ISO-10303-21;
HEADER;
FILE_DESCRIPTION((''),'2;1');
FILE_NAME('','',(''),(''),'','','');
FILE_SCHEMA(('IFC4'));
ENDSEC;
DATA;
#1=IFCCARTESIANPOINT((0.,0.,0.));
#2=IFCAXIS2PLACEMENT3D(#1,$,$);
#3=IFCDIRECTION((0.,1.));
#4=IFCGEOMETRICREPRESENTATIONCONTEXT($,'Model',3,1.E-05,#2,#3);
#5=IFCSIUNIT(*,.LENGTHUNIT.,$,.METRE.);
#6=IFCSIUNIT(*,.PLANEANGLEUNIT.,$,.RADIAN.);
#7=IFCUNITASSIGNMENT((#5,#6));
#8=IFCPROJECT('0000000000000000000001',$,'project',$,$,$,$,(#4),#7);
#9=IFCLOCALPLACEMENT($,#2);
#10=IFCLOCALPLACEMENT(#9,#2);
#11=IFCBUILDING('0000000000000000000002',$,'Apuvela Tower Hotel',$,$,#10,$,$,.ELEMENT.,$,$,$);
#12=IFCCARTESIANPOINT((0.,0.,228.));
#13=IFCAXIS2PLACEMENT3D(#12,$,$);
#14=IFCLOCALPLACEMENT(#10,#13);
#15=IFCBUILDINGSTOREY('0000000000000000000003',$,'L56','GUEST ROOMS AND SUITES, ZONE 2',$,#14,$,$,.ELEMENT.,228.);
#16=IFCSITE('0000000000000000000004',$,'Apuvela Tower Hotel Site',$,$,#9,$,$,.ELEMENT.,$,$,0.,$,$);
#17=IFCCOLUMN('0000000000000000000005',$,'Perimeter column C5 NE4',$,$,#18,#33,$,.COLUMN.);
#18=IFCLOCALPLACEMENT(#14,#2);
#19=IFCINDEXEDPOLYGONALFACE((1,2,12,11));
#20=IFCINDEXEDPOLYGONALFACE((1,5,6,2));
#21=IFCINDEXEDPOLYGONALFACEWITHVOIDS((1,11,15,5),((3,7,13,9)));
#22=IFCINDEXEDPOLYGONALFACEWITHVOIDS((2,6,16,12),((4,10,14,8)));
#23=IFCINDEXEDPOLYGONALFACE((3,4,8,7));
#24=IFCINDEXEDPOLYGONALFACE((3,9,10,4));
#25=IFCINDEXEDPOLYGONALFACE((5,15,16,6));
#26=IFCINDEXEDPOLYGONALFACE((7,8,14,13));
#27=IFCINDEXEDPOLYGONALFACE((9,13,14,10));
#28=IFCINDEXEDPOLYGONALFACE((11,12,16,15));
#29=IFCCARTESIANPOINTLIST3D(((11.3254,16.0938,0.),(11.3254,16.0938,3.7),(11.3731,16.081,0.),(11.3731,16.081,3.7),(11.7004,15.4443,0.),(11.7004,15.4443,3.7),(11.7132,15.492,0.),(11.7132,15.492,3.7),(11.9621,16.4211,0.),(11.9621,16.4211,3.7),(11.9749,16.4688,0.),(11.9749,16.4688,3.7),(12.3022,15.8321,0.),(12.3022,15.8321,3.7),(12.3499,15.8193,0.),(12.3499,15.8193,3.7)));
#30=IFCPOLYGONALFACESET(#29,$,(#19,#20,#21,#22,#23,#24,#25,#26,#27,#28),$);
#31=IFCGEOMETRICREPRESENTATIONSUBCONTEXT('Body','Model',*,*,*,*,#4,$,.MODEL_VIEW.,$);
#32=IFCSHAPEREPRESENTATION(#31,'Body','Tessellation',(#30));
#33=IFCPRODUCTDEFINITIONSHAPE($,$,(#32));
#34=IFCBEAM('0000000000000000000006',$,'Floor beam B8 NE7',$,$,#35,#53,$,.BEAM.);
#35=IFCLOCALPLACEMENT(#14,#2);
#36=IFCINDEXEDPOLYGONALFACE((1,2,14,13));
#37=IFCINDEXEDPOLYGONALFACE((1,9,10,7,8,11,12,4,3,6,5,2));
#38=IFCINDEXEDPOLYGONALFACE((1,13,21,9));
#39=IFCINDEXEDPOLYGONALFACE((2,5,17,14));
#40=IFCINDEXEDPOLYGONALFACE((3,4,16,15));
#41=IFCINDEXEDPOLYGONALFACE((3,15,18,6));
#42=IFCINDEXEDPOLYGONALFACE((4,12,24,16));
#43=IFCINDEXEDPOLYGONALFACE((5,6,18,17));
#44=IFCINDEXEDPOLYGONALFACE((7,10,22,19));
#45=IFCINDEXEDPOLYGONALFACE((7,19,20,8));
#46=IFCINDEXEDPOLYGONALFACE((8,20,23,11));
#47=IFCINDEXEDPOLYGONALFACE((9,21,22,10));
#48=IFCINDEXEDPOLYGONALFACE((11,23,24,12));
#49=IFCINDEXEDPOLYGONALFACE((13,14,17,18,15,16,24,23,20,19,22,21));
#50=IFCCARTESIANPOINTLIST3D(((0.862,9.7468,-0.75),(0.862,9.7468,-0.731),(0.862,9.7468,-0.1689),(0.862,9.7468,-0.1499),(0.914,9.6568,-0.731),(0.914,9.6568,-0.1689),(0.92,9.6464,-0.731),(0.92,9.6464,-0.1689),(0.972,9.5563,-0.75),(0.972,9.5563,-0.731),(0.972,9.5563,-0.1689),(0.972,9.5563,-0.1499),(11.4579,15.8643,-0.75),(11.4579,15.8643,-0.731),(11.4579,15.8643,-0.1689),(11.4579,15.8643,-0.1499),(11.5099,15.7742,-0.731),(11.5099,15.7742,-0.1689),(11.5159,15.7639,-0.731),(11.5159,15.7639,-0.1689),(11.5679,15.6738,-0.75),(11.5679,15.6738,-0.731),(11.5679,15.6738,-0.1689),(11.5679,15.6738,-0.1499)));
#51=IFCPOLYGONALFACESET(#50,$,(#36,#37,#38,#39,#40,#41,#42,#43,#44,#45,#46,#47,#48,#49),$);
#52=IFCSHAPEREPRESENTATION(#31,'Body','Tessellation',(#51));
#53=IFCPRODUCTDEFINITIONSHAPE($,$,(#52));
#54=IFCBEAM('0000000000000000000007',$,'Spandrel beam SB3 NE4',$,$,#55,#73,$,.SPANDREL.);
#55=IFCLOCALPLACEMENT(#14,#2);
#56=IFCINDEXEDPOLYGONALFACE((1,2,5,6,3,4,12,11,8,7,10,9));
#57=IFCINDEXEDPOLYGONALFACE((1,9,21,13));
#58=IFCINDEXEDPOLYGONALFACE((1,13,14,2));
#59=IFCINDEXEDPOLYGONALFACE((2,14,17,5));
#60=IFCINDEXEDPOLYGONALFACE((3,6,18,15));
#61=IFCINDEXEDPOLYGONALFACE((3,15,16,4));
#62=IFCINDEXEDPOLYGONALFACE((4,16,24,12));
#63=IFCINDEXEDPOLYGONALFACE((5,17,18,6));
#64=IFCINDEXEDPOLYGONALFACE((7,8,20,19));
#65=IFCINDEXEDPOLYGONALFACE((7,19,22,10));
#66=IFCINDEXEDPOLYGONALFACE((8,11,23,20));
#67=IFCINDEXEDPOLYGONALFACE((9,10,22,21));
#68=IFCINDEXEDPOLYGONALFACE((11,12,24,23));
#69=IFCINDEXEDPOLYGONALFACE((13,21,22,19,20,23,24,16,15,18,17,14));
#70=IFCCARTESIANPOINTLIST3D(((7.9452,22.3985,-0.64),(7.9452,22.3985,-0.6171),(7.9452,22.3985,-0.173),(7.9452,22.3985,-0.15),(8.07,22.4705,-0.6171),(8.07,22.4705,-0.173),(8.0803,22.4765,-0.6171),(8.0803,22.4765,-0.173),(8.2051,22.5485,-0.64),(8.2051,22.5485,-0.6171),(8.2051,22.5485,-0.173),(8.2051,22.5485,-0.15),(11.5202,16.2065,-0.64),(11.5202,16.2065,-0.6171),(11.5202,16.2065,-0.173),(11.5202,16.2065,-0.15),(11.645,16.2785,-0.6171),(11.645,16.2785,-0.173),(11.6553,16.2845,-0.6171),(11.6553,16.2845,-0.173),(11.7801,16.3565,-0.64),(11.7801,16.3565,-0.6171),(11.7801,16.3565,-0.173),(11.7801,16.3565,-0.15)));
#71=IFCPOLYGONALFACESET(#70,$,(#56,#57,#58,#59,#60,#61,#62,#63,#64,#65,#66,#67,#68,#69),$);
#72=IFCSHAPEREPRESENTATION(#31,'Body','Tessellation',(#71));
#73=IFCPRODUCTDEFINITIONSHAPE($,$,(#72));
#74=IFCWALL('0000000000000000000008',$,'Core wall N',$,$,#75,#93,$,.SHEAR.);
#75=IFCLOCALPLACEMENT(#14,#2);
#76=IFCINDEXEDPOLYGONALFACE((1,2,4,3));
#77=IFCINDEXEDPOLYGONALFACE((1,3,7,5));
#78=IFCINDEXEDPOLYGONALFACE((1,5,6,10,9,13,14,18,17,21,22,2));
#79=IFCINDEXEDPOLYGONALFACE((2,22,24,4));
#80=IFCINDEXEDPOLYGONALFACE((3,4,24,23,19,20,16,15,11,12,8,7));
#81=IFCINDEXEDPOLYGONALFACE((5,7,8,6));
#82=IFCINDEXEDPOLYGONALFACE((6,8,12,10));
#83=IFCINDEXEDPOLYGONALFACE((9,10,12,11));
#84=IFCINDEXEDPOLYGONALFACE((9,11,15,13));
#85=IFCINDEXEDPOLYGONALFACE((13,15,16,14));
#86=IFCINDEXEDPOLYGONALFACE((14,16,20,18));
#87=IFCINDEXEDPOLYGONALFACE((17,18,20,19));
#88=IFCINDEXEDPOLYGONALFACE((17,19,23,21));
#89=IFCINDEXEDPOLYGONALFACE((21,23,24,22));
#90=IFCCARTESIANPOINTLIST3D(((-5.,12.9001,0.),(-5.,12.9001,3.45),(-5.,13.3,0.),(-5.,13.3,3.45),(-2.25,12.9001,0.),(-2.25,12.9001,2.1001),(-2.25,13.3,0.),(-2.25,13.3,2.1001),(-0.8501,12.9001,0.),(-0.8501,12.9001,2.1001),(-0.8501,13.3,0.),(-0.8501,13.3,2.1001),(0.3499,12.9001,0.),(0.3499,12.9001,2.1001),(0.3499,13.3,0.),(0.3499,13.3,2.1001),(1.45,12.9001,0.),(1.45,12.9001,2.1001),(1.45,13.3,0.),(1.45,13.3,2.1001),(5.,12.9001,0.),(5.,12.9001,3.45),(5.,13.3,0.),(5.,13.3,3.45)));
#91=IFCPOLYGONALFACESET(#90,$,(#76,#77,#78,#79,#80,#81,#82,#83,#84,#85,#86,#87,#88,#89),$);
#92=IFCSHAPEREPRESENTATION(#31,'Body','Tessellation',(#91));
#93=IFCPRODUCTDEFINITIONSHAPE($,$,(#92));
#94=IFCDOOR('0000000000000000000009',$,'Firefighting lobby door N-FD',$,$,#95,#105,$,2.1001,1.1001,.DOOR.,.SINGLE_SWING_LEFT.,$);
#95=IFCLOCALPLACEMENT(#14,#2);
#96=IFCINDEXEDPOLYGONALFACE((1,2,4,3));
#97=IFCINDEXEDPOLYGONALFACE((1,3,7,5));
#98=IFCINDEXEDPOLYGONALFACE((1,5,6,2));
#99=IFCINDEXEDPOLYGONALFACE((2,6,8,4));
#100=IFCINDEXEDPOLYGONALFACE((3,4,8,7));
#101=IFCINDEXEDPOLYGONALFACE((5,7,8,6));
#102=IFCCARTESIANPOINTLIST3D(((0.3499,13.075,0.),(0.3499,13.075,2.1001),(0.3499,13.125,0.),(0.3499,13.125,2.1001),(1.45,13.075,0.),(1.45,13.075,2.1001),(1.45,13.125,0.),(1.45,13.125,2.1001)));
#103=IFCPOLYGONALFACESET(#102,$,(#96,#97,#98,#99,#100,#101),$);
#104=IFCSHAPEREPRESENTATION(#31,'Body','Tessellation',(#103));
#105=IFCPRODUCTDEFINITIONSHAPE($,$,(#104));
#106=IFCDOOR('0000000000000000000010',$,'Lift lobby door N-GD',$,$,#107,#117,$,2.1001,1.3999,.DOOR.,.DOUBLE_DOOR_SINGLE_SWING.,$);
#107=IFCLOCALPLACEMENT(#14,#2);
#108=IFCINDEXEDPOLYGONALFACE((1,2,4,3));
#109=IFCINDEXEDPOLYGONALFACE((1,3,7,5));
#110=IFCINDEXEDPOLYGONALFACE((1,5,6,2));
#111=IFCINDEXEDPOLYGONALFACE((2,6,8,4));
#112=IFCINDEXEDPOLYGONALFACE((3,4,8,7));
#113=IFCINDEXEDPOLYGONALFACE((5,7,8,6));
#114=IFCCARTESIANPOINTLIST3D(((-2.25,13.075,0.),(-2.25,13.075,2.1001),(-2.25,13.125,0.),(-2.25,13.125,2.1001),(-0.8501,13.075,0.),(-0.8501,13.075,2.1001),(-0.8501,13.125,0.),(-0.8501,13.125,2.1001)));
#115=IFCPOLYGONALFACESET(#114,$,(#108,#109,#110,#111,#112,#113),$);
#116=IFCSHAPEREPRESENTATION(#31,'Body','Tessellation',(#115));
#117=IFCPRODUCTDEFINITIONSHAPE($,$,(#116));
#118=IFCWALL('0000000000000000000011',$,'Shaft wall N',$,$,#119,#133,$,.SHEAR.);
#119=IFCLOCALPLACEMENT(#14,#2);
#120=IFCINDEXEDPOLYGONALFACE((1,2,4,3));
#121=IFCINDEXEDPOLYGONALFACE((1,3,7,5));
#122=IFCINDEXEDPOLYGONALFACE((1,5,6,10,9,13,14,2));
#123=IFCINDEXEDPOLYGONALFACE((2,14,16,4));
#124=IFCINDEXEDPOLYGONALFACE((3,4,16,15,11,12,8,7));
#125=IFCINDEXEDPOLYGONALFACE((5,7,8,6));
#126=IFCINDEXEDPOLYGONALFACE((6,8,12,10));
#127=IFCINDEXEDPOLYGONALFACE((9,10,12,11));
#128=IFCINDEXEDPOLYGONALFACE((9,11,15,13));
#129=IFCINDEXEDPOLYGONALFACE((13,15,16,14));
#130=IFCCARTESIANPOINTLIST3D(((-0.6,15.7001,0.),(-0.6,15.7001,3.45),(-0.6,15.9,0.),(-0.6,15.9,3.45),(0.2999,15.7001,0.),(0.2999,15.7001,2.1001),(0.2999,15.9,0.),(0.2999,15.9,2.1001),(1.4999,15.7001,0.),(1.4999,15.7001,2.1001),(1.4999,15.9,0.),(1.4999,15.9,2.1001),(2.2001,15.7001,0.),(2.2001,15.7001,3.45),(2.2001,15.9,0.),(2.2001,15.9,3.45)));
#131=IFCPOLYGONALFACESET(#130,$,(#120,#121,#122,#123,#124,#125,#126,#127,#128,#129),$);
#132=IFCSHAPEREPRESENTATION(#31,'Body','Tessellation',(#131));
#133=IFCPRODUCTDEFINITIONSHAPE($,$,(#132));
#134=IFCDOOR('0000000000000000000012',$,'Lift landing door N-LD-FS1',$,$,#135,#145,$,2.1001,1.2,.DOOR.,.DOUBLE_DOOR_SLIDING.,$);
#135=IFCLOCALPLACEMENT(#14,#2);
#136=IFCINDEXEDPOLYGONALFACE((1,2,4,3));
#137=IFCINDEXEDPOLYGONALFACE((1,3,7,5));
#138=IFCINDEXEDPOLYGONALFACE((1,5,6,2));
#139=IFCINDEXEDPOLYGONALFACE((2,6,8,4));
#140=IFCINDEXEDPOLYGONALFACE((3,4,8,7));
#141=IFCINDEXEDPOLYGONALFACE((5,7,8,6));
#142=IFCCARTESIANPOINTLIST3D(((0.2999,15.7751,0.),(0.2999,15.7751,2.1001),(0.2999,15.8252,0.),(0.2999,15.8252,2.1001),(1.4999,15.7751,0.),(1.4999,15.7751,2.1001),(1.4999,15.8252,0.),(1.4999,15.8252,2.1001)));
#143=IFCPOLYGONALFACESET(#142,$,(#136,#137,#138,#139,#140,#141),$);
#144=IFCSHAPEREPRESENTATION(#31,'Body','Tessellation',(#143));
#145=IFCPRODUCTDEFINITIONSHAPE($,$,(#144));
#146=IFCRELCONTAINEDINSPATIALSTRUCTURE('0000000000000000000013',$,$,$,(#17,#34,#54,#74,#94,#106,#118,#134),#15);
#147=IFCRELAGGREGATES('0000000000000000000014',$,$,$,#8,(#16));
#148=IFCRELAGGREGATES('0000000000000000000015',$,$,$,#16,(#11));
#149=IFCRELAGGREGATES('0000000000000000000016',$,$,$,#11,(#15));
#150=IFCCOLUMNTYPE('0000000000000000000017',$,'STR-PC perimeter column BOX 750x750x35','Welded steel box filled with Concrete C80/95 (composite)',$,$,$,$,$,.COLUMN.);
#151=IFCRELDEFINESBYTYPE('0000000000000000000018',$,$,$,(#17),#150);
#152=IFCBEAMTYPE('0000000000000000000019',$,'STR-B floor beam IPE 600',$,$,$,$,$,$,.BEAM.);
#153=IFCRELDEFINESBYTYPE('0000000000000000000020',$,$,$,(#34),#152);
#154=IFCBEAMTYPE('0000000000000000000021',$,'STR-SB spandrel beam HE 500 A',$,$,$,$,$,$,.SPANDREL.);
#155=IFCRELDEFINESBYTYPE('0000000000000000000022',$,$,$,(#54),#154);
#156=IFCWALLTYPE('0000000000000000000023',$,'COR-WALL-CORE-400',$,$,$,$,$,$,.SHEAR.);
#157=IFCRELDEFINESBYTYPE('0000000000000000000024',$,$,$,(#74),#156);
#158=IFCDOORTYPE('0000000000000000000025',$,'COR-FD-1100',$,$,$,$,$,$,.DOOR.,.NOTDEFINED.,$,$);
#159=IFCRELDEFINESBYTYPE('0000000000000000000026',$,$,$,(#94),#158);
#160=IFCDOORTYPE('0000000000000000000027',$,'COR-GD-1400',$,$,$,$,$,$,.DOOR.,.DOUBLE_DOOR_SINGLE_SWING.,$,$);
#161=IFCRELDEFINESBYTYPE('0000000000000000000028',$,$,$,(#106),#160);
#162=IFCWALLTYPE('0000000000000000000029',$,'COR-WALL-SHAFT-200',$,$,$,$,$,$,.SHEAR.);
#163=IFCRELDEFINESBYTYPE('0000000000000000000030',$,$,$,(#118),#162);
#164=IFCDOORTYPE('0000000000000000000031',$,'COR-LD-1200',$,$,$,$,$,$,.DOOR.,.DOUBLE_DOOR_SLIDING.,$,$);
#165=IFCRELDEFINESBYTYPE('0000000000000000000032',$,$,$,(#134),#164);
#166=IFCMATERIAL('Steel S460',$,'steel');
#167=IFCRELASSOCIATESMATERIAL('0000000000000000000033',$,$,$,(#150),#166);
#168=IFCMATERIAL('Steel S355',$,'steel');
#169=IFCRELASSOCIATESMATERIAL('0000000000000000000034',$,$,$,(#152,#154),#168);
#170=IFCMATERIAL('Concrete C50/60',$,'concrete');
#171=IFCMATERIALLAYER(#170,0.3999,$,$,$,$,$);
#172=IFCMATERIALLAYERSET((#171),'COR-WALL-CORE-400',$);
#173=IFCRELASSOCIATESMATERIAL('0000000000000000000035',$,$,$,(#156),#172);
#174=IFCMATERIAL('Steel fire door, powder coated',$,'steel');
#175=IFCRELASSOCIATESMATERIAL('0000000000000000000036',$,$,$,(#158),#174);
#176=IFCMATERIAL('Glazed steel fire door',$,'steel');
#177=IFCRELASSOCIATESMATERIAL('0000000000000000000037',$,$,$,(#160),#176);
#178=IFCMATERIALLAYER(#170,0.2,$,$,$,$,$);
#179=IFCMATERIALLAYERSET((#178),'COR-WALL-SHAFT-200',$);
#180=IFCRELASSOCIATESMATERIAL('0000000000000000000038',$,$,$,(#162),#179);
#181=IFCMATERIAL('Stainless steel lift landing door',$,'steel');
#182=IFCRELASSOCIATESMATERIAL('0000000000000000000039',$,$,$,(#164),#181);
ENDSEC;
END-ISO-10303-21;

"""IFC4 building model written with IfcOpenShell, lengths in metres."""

from ifc_helpers import new_model, si_unit, direction, frame, frame_2d, origin, origin_2d, place, context, subcontext, project, spatial, rectangle, hollow_rectangle, i_section, extrude, material, layer, layer_set, material_profile, profile_set, type_object, element, fill, save


model = new_model("IFC4")

# Units and contexts
model_context = context("Model", 3, precision=1e-05, world=origin(), true_north=direction((0.0, 1.0)))
body_context = subcontext(model_context, "Body", "Model", "MODEL_VIEW")
ifc_project = project(units=[si_unit("LENGTHUNIT", "METRE"), si_unit("PLANEANGLEUNIT", "RADIAN")], contexts=[model_context])

# Site, building, storey
site_placement = place(None, origin())
site = spatial("IfcSite", under=ifc_project, at=site_placement, Name="Apuvela Tower Hotel Site", CompositionType="ELEMENT", RefElevation=0.0)
building_placement = place(site_placement, origin())
building = spatial("IfcBuilding", under=site, at=building_placement, Name="Apuvela Tower Hotel", CompositionType="ELEMENT")
storey_placement = place(building_placement, frame((0.0, 0.0, 228.0)))
storey = spatial("IfcBuildingStorey", under=building, at=storey_placement, Name="L56", Description="GUEST ROOMS AND SUITES, ZONE 2", CompositionType="ELEMENT", Elevation=228.0)

# Column
ifc_material_1 = material(Name="Steel S460", Category="steel")
ifc_material_profile_1 = material_profile(ifc_material_1, hollow_rectangle(XDim=0.75, YDim=0.75, WallThickness=0.0349, at=origin_2d()), Name="BOX 750x750x35")
ifc_material_2 = material(Name="Concrete C80/95", Category="concrete")
ifc_material_profile_2 = material_profile(ifc_material_2, rectangle(XDim=0.6799, YDim=0.6799, at=origin_2d()), Name="Concrete C80/95 infill")
ifc_profile_set_1 = profile_set([ifc_material_profile_1, ifc_material_profile_2], Name="Steel S460")
column_type = type_object("IfcColumnType", Name="STR-PC perimeter column BOX 750x750x35", Description="Welded steel box filled with Concrete C80/95 (composite)", PredefinedType="COLUMN", material=ifc_profile_set_1)
column_placement = place(storey_placement, frame((11.8376, 15.9565, 0.0), z_axis=(0.0, 0.0, 1.0), x_axis=(-0.5, 0.866025, 0.0)))
element("IfcColumn", 1, at=column_placement, inside=storey, type_object=column_type, Name="Perimeter column C5 NE4", PredefinedType="COLUMN", context=body_context, shape_type="SweptSolid", body=[
    extrude(hollow_rectangle(XDim=0.75, YDim=0.75, WallThickness=0.0349, at=origin_2d()), origin(), (0.0, 0.0, 1.0), 3.7),
])

# Beams
ifc_material_3 = material(Name="Steel S355", Category="steel")
ifc_material_profile_3 = material_profile(ifc_material_3, i_section(OverallWidth=0.22, OverallDepth=0.6001, WebThickness=0.012, FlangeThickness=0.019, at=origin_2d()), Name="IPE 600")
ifc_profile_set_2 = profile_set([ifc_material_profile_3], Name="Steel S355")
beam_type_1 = type_object("IfcBeamType", Name="STR-B floor beam IPE 600", PredefinedType="BEAM", material=ifc_profile_set_2)
beam_1_placement = place(storey_placement, frame((11.5129, 15.769, -0.45), z_axis=(-0.86603, -0.499991, 0.0), x_axis=(0.499991, -0.86603, 0.0)))
element("IfcBeam", 2, at=beam_1_placement, inside=storey, type_object=beam_type_1, Name="Floor beam B8 NE7", PredefinedType="BEAM", context=body_context, shape_type="SweptSolid", body=[
    extrude(i_section(OverallWidth=0.22, OverallDepth=0.6001, WebThickness=0.012, FlangeThickness=0.019, at=origin_2d()), origin(), (0.0, 0.0, 1.0), 12.2351),
])
ifc_material_profile_4 = material_profile(ifc_material_3, i_section(OverallWidth=0.3, OverallDepth=0.49, WebThickness=0.012, FlangeThickness=0.0229, at=origin_2d()), Name="HE 500 A")
ifc_profile_set_3 = profile_set([ifc_material_profile_4], Name="Steel S355")
beam_type_2 = type_object("IfcBeamType", Name="STR-SB spandrel beam HE 500 A", PredefinedType="SPANDREL", material=ifc_profile_set_3)
beam_2_placement = place(storey_placement, frame((11.6501, 16.2815, -0.395), z_axis=(-0.500006, 0.866022, 0.0), x_axis=(-0.866022, -0.500006, 0.0)))
element("IfcBeam", 3, at=beam_2_placement, inside=storey, type_object=beam_type_2, Name="Spandrel beam SB3 NE4", PredefinedType="SPANDREL", context=body_context, shape_type="SweptSolid", body=[
    extrude(i_section(OverallWidth=0.3, OverallDepth=0.49, WebThickness=0.012, FlangeThickness=0.0229, at=origin_2d()), origin(), (0.0, 0.0, 1.0), 7.1499),
])

# Wall, openings, doors
ifc_material_4 = material(Name="Concrete C50/60", Category="concrete")
ifc_layer_1 = layer(ifc_material_4, 0.3999)
ifc_layer_set_1 = layer_set([ifc_layer_1], Name="COR-WALL-CORE-400")
wall_type_1 = type_object("IfcWallType", Name="COR-WALL-CORE-400", PredefinedType="SHEAR", material=ifc_layer_set_1)
wall_1_placement = place(storey_placement, frame((5.0, 13.1001, 0.0), z_axis=(0.0, 0.0, 1.0), x_axis=(-1.0, 0.0, 0.0)))
wall_1 = element("IfcWall", 4, at=wall_1_placement, inside=storey, type_object=wall_type_1, Name="Core wall N", PredefinedType="SHEAR", context=body_context, shape_type="SweptSolid", body=[
    extrude(rectangle(XDim=10.0, YDim=0.3999, at=frame_2d((5.0, 0.0))), origin(), (0.0, 0.0, 1.0), 3.45),
])
opening_1_placement = place(wall_1_placement, frame((3.55, 0.0, 0.0)))
opening_1 = element("IfcOpeningElement", 5, at=opening_1_placement, cuts=wall_1, PredefinedType="OPENING", context=body_context, shape_type="SweptSolid", body=[
    extrude(rectangle(XDim=1.1001, YDim=2.1001, at=frame_2d((0.55, 1.05))), frame((0.0, 0.21, 0.0), z_axis=(0.0, -1.0, 0.0), x_axis=(1.0, 0.0, 0.0)), (0.0, 0.0, 1.0), 0.4199),
])
opening_2_placement = place(wall_1_placement, frame((5.8501, 0.0, 0.0)))
opening_2 = element("IfcOpeningElement", 6, at=opening_2_placement, cuts=wall_1, PredefinedType="OPENING", context=body_context, shape_type="SweptSolid", body=[
    extrude(rectangle(XDim=1.3999, YDim=2.1001, at=frame_2d((0.7, 1.05))), frame((0.0, 0.21, 0.0), z_axis=(0.0, -1.0, 0.0), x_axis=(1.0, 0.0, 0.0)), (0.0, 0.0, 1.0), 0.4199),
])
ifc_material_5 = material(Name="Steel fire door, powder coated", Category="steel")
door_type_1 = type_object("IfcDoorType", Name="COR-FD-1100", OperationType="NOTDEFINED", PredefinedType="DOOR", material=ifc_material_5)
door_1_placement = place(opening_1_placement, frame((1.1001, 0.0, 0.0), z_axis=(0.0, 0.0, 1.0), x_axis=(-1.0, 0.0, 0.0)))
door_1 = element("IfcDoor", 7, at=door_1_placement, inside=storey, type_object=door_type_1, Name="Firefighting lobby door N-FD", OperationType="SINGLE_SWING_LEFT", OverallHeight=2.1001, OverallWidth=1.1001, PredefinedType="DOOR", context=body_context, shape_type="SweptSolid", body=[
    extrude(rectangle(XDim=1.1001, YDim=2.1001, at=frame_2d((0.55, 1.05))), frame((0.0, 0.0249, 0.0), z_axis=(0.0, -1.0, 0.0), x_axis=(1.0, 0.0, 0.0)), (0.0, 0.0, 1.0), 0.05),
])
fill(opening_1, door_1)
ifc_material_6 = material(Name="Glazed steel fire door", Category="steel")
door_type_2 = type_object("IfcDoorType", Name="COR-GD-1400", OperationType="DOUBLE_DOOR_SINGLE_SWING", PredefinedType="DOOR", material=ifc_material_6)
door_2_placement = place(opening_2_placement, frame((1.3999, 0.0, 0.0), z_axis=(0.0, 0.0, 1.0), x_axis=(-1.0, 0.0, 0.0)))
door_2 = element("IfcDoor", 8, at=door_2_placement, inside=storey, type_object=door_type_2, Name="Lift lobby door N-GD", OperationType="DOUBLE_DOOR_SINGLE_SWING", OverallHeight=2.1001, OverallWidth=1.3999, PredefinedType="DOOR", context=body_context, shape_type="SweptSolid", body=[
    extrude(rectangle(XDim=1.3999, YDim=2.1001, at=frame_2d((0.7, 1.05))), frame((0.0, 0.0249, 0.0), z_axis=(0.0, -1.0, 0.0), x_axis=(1.0, 0.0, 0.0)), (0.0, 0.0, 1.0), 0.05),
])
fill(opening_2, door_2)

# Wall, opening, door
ifc_layer_2 = layer(ifc_material_4, 0.2)
ifc_layer_set_2 = layer_set([ifc_layer_2], Name="COR-WALL-SHAFT-200")
wall_type_2 = type_object("IfcWallType", Name="COR-WALL-SHAFT-200", PredefinedType="SHEAR", material=ifc_layer_set_2)
wall_2_placement = place(storey_placement, frame((2.2, 15.8, 0.0), z_axis=(0.0, 0.0, 1.0), x_axis=(-1.0, 0.0, 0.0)))
wall_2 = element("IfcWall", 9, at=wall_2_placement, inside=storey, type_object=wall_type_2, Name="Shaft wall N", PredefinedType="SHEAR", context=body_context, shape_type="SweptSolid", body=[
    extrude(rectangle(XDim=2.8, YDim=0.2, at=frame_2d((1.3999, 0.0))), origin(), (0.0, 0.0, 1.0), 3.45),
])
opening_3_placement = place(wall_2_placement, frame((0.7, 0.0, 0.0)))
opening_3 = element("IfcOpeningElement", 10, at=opening_3_placement, cuts=wall_2, PredefinedType="OPENING", context=body_context, shape_type="SweptSolid", body=[
    extrude(rectangle(XDim=1.2, YDim=2.1001, at=frame_2d((0.6001, 1.05))), frame((0.0, 0.1099, 0.0), z_axis=(0.0, -1.0, 0.0), x_axis=(1.0, 0.0, 0.0)), (0.0, 0.0, 1.0), 0.22),
])
ifc_material_7 = material(Name="Stainless steel lift landing door", Category="steel")
door_type_3 = type_object("IfcDoorType", Name="COR-LD-1200", OperationType="DOUBLE_DOOR_SLIDING", PredefinedType="DOOR", material=ifc_material_7)
door_3_placement = place(opening_3_placement, origin())
door_3 = element("IfcDoor", 11, at=door_3_placement, inside=storey, type_object=door_type_3, Name="Lift landing door N-LD-FS1", OperationType="DOUBLE_DOOR_SLIDING", OverallHeight=2.1001, OverallWidth=1.2, PredefinedType="DOOR", context=body_context, shape_type="SweptSolid", body=[
    extrude(rectangle(XDim=1.2, YDim=2.1001, at=frame_2d((0.6001, 1.05))), frame((0.0, 0.0249, 0.0), z_axis=(0.0, -1.0, 0.0), x_axis=(1.0, 0.0, 0.0)), (0.0, 0.0, 1.0), 0.05),
])
fill(opening_3, door_3)

save(model, "model.ifc")
